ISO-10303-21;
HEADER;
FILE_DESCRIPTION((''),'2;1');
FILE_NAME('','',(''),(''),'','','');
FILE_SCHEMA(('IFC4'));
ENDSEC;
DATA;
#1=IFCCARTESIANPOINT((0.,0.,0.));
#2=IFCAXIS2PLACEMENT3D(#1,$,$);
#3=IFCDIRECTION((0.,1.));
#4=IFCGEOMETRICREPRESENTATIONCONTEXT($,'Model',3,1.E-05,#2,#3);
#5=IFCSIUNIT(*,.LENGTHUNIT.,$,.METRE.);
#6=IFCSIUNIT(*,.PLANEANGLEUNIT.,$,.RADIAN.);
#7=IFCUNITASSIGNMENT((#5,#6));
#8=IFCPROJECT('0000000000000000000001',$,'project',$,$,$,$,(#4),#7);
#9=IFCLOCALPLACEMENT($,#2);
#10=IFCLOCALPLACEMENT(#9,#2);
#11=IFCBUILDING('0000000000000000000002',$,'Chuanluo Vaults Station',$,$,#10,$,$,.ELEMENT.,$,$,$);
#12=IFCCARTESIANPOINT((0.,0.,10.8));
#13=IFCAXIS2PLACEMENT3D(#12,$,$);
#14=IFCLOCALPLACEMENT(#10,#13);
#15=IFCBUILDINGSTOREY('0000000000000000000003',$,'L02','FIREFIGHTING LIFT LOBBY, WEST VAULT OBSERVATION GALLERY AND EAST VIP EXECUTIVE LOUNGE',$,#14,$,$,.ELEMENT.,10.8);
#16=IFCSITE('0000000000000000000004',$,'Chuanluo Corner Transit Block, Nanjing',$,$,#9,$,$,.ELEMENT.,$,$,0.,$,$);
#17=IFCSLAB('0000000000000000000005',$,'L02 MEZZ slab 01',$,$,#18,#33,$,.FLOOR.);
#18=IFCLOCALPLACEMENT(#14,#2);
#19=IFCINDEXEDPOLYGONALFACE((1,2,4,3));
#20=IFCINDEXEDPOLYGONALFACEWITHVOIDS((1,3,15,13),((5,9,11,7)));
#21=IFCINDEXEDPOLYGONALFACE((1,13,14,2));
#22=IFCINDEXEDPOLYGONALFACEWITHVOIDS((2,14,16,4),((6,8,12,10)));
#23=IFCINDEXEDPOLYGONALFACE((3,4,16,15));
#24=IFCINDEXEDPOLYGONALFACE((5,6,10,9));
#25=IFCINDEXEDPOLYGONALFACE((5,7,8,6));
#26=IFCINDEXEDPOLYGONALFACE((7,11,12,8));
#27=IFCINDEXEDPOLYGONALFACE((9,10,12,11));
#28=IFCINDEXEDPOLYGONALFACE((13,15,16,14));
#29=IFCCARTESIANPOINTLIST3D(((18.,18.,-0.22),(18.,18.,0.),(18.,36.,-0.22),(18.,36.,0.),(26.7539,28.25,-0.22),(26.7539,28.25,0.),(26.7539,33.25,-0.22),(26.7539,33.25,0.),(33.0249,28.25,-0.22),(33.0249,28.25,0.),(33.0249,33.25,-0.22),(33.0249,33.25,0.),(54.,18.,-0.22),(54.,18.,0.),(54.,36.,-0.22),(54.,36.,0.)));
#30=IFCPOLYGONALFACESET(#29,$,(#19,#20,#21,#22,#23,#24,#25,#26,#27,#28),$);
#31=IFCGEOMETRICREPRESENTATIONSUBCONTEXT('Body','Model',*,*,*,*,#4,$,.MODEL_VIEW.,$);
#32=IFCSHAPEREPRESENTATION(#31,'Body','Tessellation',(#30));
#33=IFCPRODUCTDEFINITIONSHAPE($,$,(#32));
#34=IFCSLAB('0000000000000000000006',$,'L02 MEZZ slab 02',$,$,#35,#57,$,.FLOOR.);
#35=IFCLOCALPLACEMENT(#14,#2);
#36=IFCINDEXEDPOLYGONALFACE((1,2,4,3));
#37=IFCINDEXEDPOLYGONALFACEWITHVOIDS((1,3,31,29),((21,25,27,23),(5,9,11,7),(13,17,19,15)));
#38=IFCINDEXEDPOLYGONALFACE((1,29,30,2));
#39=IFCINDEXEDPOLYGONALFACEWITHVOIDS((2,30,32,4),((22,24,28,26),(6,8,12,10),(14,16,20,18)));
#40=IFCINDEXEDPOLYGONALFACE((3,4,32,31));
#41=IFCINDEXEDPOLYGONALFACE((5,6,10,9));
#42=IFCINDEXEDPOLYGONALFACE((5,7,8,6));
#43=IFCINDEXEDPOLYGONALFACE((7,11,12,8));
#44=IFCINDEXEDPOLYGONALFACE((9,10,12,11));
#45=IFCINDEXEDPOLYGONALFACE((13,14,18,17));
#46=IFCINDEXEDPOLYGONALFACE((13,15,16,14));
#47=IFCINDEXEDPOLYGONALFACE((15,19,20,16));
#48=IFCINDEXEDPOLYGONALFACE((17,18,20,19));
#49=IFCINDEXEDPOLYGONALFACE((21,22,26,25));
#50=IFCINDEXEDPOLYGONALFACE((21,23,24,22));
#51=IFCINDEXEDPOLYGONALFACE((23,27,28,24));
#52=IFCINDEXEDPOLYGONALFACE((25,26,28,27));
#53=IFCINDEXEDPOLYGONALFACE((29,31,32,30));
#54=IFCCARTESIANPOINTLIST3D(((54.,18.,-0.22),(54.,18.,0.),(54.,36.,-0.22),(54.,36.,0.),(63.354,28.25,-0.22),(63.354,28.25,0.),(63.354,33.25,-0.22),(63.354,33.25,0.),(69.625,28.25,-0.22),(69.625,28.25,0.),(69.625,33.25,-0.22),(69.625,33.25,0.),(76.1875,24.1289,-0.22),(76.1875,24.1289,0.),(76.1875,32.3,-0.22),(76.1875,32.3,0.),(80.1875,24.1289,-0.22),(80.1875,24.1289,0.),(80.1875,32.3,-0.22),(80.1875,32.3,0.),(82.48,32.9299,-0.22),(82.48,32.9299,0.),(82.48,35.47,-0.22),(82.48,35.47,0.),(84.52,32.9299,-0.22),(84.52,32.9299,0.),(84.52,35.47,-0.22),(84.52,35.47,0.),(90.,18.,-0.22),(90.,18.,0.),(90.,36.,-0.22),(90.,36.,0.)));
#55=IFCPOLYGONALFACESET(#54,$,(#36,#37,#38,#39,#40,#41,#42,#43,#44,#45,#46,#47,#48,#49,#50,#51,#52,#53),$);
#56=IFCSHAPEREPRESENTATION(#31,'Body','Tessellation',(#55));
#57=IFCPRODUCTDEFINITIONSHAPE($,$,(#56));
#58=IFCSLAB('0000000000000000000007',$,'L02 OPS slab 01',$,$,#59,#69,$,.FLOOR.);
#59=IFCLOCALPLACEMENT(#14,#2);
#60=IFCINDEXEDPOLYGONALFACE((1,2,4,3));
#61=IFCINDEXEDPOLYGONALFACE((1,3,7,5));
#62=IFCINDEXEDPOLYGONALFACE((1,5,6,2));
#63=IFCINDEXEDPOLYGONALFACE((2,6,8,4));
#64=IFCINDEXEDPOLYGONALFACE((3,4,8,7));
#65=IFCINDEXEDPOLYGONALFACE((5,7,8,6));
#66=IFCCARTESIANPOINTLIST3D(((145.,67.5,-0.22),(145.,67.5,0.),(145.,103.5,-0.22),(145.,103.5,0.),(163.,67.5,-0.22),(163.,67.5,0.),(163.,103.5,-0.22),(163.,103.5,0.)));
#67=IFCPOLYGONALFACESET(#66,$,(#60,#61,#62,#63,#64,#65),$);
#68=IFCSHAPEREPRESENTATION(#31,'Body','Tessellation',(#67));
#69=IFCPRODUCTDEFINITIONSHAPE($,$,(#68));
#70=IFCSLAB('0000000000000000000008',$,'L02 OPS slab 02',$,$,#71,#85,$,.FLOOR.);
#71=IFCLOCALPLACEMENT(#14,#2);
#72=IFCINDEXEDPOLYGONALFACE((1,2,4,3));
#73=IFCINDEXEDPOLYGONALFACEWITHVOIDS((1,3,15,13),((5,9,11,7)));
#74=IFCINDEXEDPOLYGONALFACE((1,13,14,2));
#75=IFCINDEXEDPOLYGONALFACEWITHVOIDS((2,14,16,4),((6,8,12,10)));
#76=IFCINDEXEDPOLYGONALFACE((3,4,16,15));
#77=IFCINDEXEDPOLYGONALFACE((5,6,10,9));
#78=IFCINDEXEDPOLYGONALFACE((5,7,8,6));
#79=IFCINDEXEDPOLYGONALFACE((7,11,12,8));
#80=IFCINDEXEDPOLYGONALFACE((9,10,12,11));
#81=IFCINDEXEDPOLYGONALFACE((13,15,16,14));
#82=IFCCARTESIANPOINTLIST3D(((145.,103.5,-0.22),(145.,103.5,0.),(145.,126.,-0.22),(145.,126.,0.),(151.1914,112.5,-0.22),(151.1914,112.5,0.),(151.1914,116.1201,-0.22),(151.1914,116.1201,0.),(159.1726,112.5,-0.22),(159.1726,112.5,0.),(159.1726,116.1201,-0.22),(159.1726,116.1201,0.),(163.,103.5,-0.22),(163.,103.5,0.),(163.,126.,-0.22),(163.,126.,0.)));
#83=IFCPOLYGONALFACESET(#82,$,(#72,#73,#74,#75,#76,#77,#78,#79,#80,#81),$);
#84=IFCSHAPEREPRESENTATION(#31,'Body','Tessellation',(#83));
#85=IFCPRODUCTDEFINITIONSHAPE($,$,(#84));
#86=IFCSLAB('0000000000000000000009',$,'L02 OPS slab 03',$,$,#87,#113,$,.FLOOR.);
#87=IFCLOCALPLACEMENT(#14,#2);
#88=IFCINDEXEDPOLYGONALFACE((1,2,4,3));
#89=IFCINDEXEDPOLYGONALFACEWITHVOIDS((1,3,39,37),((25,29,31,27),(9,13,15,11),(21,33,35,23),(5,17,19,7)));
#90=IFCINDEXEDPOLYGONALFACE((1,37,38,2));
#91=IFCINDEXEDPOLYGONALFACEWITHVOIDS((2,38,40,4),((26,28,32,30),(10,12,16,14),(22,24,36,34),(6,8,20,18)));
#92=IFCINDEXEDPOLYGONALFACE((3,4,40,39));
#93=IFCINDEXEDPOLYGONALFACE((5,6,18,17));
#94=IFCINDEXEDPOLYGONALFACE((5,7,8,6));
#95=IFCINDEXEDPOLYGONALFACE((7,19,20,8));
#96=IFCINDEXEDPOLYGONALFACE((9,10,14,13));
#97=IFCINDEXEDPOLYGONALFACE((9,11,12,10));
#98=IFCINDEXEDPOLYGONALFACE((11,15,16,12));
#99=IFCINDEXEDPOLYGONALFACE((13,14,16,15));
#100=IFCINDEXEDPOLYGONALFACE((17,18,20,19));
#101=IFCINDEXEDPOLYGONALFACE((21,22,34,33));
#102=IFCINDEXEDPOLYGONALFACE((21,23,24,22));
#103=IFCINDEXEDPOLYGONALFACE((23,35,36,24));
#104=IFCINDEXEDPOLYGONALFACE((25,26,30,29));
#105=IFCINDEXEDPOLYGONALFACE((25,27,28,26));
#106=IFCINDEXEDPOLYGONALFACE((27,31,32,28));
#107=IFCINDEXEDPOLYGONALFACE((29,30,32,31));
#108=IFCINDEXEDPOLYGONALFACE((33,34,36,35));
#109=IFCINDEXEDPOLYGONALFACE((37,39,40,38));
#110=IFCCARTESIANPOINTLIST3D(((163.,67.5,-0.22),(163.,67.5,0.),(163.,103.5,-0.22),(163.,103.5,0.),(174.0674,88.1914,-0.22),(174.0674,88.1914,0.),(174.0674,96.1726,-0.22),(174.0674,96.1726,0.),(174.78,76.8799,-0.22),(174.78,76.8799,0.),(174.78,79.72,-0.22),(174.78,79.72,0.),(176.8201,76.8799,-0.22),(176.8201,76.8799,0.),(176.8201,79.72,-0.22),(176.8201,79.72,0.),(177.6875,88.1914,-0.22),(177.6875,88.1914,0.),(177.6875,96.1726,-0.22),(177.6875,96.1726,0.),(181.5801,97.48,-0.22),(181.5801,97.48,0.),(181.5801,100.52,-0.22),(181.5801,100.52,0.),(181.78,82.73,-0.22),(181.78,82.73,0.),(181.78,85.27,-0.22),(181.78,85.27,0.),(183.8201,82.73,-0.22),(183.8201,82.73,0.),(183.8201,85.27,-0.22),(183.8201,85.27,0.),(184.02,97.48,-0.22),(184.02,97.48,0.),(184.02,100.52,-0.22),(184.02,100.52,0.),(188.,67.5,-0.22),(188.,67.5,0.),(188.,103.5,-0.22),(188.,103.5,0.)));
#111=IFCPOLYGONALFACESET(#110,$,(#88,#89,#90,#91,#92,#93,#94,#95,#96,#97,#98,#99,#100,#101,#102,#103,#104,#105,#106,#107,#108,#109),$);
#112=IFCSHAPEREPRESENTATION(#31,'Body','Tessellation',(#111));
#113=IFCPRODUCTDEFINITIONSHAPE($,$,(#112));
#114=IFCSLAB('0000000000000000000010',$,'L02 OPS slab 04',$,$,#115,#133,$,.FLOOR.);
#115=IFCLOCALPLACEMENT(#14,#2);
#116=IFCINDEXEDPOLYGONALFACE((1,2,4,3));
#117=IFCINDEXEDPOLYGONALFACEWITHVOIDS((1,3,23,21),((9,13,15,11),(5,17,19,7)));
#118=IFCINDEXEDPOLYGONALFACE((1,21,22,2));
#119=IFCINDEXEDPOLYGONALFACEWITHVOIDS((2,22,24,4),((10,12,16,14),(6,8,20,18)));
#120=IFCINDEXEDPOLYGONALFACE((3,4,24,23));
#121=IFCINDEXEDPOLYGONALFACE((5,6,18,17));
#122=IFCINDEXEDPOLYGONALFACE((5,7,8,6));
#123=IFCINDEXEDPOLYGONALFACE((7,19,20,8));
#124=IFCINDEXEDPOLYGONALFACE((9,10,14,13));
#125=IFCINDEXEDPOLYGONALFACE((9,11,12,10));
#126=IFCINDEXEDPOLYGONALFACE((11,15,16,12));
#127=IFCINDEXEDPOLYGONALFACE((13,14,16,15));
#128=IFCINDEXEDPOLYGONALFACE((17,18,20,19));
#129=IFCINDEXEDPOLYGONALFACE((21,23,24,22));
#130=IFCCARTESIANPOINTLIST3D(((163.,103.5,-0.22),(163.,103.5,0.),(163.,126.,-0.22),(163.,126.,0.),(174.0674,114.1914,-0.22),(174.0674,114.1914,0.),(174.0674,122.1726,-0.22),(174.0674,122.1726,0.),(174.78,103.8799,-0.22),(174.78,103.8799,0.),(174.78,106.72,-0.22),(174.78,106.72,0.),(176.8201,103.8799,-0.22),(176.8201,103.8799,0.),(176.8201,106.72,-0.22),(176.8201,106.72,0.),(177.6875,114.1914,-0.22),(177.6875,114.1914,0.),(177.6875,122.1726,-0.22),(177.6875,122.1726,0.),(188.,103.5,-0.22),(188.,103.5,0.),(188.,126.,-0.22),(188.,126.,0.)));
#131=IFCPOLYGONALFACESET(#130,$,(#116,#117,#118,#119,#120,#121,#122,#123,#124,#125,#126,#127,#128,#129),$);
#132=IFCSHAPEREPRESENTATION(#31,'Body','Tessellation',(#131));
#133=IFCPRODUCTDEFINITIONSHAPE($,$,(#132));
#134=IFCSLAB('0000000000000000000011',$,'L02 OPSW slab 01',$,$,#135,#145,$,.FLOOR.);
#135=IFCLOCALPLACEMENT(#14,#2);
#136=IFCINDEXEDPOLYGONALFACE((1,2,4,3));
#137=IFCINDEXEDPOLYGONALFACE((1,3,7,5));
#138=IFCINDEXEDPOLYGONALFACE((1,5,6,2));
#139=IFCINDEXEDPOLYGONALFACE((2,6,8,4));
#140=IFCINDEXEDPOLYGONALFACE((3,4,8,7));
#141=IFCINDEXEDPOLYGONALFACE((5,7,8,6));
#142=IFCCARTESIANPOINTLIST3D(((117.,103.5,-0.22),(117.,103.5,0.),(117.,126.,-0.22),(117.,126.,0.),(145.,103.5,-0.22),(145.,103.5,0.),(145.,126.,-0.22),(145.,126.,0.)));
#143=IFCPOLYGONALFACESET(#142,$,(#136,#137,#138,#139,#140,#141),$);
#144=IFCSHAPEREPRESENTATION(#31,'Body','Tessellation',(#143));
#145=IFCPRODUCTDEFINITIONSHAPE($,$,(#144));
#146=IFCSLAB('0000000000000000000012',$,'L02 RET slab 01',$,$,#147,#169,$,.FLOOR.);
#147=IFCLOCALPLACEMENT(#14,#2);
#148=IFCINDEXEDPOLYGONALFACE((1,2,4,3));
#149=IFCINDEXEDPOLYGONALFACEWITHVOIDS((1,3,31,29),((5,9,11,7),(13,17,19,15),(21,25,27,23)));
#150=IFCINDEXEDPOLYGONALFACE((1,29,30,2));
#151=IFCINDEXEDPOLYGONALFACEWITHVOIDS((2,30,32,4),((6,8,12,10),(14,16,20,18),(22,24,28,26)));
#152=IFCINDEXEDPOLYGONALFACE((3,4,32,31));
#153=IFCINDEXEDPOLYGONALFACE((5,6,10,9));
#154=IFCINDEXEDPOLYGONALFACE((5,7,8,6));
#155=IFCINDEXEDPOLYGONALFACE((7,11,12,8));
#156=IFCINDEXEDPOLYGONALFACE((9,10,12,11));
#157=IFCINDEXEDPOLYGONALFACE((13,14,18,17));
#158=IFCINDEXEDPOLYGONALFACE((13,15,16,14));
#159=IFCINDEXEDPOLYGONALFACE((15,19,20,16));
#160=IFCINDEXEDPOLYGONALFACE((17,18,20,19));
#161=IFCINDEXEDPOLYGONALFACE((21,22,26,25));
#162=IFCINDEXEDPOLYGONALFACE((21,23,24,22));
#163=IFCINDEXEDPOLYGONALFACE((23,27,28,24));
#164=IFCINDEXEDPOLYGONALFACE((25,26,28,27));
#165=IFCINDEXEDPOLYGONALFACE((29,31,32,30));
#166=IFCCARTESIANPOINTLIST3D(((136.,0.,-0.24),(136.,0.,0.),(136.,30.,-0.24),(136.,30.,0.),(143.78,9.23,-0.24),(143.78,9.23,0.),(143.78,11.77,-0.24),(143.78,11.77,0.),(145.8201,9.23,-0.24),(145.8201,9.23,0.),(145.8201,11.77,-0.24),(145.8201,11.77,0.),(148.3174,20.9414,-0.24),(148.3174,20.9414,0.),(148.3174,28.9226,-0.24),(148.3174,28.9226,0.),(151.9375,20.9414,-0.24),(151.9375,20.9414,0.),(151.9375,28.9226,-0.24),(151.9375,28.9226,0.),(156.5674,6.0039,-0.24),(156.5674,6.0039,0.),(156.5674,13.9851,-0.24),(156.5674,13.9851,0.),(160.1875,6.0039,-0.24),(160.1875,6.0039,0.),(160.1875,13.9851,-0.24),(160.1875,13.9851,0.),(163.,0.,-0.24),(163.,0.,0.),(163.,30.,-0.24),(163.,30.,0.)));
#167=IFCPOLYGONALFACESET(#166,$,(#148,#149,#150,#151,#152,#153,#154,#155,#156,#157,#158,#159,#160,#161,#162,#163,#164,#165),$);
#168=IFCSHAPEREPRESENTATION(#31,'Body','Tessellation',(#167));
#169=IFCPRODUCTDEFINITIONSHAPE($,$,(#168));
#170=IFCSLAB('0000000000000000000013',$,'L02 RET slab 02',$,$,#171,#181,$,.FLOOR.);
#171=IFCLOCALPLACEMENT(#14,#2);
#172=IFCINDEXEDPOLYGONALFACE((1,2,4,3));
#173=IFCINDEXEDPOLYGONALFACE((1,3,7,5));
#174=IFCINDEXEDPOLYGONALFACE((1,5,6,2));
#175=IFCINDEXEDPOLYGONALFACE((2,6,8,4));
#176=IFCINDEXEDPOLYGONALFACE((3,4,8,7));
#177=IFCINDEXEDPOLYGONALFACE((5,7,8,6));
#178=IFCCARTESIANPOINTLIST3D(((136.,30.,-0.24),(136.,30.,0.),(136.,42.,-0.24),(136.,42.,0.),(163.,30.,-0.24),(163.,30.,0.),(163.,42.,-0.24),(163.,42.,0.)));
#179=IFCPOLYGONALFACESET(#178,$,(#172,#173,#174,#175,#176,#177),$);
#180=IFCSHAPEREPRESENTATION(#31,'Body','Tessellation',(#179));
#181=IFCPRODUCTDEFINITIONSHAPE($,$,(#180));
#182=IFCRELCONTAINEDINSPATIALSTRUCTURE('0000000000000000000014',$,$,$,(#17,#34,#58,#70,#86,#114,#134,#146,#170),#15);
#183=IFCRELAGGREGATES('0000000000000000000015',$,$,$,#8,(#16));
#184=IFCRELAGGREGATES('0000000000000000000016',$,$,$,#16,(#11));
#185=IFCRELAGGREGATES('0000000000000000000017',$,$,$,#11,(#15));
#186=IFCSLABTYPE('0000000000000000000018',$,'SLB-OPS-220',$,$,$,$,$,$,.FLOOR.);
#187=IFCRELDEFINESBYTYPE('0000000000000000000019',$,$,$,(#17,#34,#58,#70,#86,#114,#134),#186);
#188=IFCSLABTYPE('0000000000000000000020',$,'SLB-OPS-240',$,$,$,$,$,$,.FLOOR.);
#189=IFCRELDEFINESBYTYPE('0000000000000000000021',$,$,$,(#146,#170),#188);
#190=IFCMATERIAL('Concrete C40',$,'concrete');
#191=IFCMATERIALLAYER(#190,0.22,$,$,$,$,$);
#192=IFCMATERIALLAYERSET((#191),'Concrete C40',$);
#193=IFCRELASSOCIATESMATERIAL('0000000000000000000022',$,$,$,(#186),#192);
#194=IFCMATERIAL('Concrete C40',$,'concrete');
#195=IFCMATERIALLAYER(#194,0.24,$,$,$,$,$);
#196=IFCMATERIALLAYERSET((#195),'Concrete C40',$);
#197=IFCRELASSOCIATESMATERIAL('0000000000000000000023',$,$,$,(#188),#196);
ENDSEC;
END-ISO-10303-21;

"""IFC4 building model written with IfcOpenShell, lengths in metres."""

from ifc_helpers import new_model, si_unit, direction, frame, origin, place, context, subcontext, project, spatial, polyline, outline, extrude, material, layer, layer_set, type_object, element, save


model = new_model("IFC4")

# Units and contexts
model_context = context("Model", 3, precision=1e-05, world=origin(), true_north=direction((0.0, 1.0)))
body_context = subcontext(model_context, "Body", "Model", "MODEL_VIEW")
ifc_project = project(units=[si_unit("LENGTHUNIT", "METRE"), si_unit("PLANEANGLEUNIT", "RADIAN")], contexts=[model_context])

# Site, building, storey
site_placement = place(None, origin())
site = spatial("IfcSite", under=ifc_project, at=site_placement, Name="Chuanluo Corner Transit Block, Nanjing", CompositionType="ELEMENT", RefElevation=0.0)
building_placement = place(site_placement, origin())
building = spatial("IfcBuilding", under=site, at=building_placement, Name="Chuanluo Vaults Station", CompositionType="ELEMENT")
storey_placement = place(building_placement, frame((0.0, 0.0, 10.8)))
storey = spatial("IfcBuildingStorey", under=building, at=storey_placement, Name="L02", Description="FIREFIGHTING LIFT LOBBY, WEST VAULT OBSERVATION GALLERY AND EAST VIP EXECUTIVE LOUNGE", CompositionType="ELEMENT", Elevation=10.8)

# Slabs
ifc_material_1 = material(Name="Concrete C40", Category="concrete")
ifc_layer_1 = layer(ifc_material_1, 0.22)
ifc_layer_set_1 = layer_set([ifc_layer_1], Name="Concrete C40")
slab_type_1 = type_object("IfcSlabType", Name="SLB-OPS-220", PredefinedType="FLOOR", material=ifc_layer_set_1)
slab_1_placement = place(storey_placement, frame((0.0, 0.0, -0.22)))
element("IfcSlab", 1, at=slab_1_placement, inside=storey, type_object=slab_type_1, Name="L02 MEZZ slab 01", PredefinedType="FLOOR", context=body_context, shape_type="SweptSolid", body=[
    extrude(outline(polyline([(18.0, 18.0), (54.0, 18.0), (54.0, 36.0), (18.0, 36.0), (18.0, 18.0)]), holes=[polyline([(26.7539, 28.25), (33.0249, 28.25), (33.0249, 33.25), (26.7539, 33.25), (26.7539, 28.25)])]), origin(), (0.0, 0.0, 1.0), 0.22),
])
slab_2_placement = place(storey_placement, frame((0.0, 0.0, -0.22)))
element("IfcSlab", 2, at=slab_2_placement, inside=storey, type_object=slab_type_1, Name="L02 MEZZ slab 02", PredefinedType="FLOOR", context=body_context, shape_type="SweptSolid", body=[
    extrude(outline(polyline([(54.0, 18.0), (90.0, 18.0), (90.0, 36.0), (54.0, 36.0), (54.0, 18.0)]), holes=[polyline([(80.1875, 24.1289), (80.1875, 32.3), (76.1875, 32.3), (76.1875, 24.1289), (80.1875, 24.1289)]), polyline([(63.354, 28.25), (69.625, 28.25), (69.625, 33.25), (63.354, 33.25), (63.354, 28.25)]), polyline([(82.48, 32.9299), (84.52, 32.9299), (84.52, 35.47), (82.48, 35.47), (82.48, 32.9299)])]), origin(), (0.0, 0.0, 1.0), 0.22),
])
slab_3_placement = place(storey_placement, frame((0.0, 0.0, -0.22)))
element("IfcSlab", 3, at=slab_3_placement, inside=storey, type_object=slab_type_1, Name="L02 OPS slab 01", PredefinedType="FLOOR", context=body_context, shape_type="SweptSolid", body=[
    extrude(outline(polyline([(145.0, 67.5), (163.0, 67.5), (163.0, 103.5), (145.0, 103.5), (145.0, 67.5)])), origin(), (0.0, 0.0, 1.0), 0.22),
])
slab_4_placement = place(storey_placement, frame((0.0, 0.0, -0.22)))
element("IfcSlab", 4, at=slab_4_placement, inside=storey, type_object=slab_type_1, Name="L02 OPS slab 02", PredefinedType="FLOOR", context=body_context, shape_type="SweptSolid", body=[
    extrude(outline(polyline([(145.0, 103.5), (163.0, 103.5), (163.0, 126.0), (145.0, 126.0), (145.0, 103.5)]), holes=[polyline([(151.1914, 112.5), (159.1726, 112.5), (159.1726, 116.1201), (151.1914, 116.1201), (151.1914, 112.5)])]), origin(), (0.0, 0.0, 1.0), 0.22),
])
slab_5_placement = place(storey_placement, frame((0.0, 0.0, -0.22)))
element("IfcSlab", 5, at=slab_5_placement, inside=storey, type_object=slab_type_1, Name="L02 OPS slab 03", PredefinedType="FLOOR", context=body_context, shape_type="SweptSolid", body=[
    extrude(outline(polyline([(163.0, 67.5), (188.0, 67.5), (188.0, 103.5), (163.0, 103.5), (163.0, 67.5)]), holes=[polyline([(177.6875, 88.1914), (177.6875, 96.1726), (174.0674, 96.1726), (174.0674, 88.1914), (177.6875, 88.1914)]), polyline([(174.78, 76.8799), (176.8201, 76.8799), (176.8201, 79.72), (174.78, 79.72), (174.78, 76.8799)]), polyline([(181.78, 82.73), (183.8201, 82.73), (183.8201, 85.27), (181.78, 85.27), (181.78, 82.73)]), polyline([(181.5801, 97.48), (184.02, 97.48), (184.02, 100.52), (181.5801, 100.52), (181.5801, 97.48)])]), origin(), (0.0, 0.0, 1.0), 0.22),
])
slab_6_placement = place(storey_placement, frame((0.0, 0.0, -0.22)))
element("IfcSlab", 6, at=slab_6_placement, inside=storey, type_object=slab_type_1, Name="L02 OPS slab 04", PredefinedType="FLOOR", context=body_context, shape_type="SweptSolid", body=[
    extrude(outline(polyline([(163.0, 103.5), (188.0, 103.5), (188.0, 126.0), (163.0, 126.0), (163.0, 103.5)]), holes=[polyline([(177.6875, 114.1914), (177.6875, 122.1726), (174.0674, 122.1726), (174.0674, 114.1914), (177.6875, 114.1914)]), polyline([(174.78, 103.8799), (176.8201, 103.8799), (176.8201, 106.72), (174.78, 106.72), (174.78, 103.8799)])]), origin(), (0.0, 0.0, 1.0), 0.22),
])
slab_7_placement = place(storey_placement, frame((0.0, 0.0, -0.22)))
element("IfcSlab", 7, at=slab_7_placement, inside=storey, type_object=slab_type_1, Name="L02 OPSW slab 01", PredefinedType="FLOOR", context=body_context, shape_type="SweptSolid", body=[
    extrude(outline(polyline([(117.0, 103.5), (145.0, 103.5), (145.0, 126.0), (117.0, 126.0), (117.0, 103.5)])), origin(), (0.0, 0.0, 1.0), 0.22),
])
ifc_material_2 = material(Name="Concrete C40", Category="concrete")
ifc_layer_2 = layer(ifc_material_2, 0.24)
ifc_layer_set_2 = layer_set([ifc_layer_2], Name="Concrete C40")
slab_type_2 = type_object("IfcSlabType", Name="SLB-OPS-240", PredefinedType="FLOOR", material=ifc_layer_set_2)
slab_8_placement = place(storey_placement, frame((0.0, 0.0, -0.24)))
element("IfcSlab", 8, at=slab_8_placement, inside=storey, type_object=slab_type_2, Name="L02 RET slab 01", PredefinedType="FLOOR", context=body_context, shape_type="SweptSolid", body=[
    extrude(outline(polyline([(136.0, 0.0), (163.0, 0.0), (163.0, 30.0), (136.0, 30.0), (136.0, 0.0)]), holes=[polyline([(151.9375, 20.9414), (151.9375, 28.9226), (148.3174, 28.9226), (148.3174, 20.9414), (151.9375, 20.9414)]), polyline([(160.1875, 6.0039), (160.1875, 13.9851), (156.5674, 13.9851), (156.5674, 6.0039), (160.1875, 6.0039)]), polyline([(143.78, 9.23), (145.8201, 9.23), (145.8201, 11.77), (143.78, 11.77), (143.78, 9.23)])]), origin(), (0.0, 0.0, 1.0), 0.24),
])
slab_9_placement = place(storey_placement, frame((0.0, 0.0, -0.24)))
element("IfcSlab", 9, at=slab_9_placement, inside=storey, type_object=slab_type_2, Name="L02 RET slab 02", PredefinedType="FLOOR", context=body_context, shape_type="SweptSolid", body=[
    extrude(outline(polyline([(136.0, 30.0), (163.0, 30.0), (163.0, 42.0), (136.0, 42.0), (136.0, 30.0)])), origin(), (0.0, 0.0, 1.0), 0.24),
])

save(model, "model.ifc")
